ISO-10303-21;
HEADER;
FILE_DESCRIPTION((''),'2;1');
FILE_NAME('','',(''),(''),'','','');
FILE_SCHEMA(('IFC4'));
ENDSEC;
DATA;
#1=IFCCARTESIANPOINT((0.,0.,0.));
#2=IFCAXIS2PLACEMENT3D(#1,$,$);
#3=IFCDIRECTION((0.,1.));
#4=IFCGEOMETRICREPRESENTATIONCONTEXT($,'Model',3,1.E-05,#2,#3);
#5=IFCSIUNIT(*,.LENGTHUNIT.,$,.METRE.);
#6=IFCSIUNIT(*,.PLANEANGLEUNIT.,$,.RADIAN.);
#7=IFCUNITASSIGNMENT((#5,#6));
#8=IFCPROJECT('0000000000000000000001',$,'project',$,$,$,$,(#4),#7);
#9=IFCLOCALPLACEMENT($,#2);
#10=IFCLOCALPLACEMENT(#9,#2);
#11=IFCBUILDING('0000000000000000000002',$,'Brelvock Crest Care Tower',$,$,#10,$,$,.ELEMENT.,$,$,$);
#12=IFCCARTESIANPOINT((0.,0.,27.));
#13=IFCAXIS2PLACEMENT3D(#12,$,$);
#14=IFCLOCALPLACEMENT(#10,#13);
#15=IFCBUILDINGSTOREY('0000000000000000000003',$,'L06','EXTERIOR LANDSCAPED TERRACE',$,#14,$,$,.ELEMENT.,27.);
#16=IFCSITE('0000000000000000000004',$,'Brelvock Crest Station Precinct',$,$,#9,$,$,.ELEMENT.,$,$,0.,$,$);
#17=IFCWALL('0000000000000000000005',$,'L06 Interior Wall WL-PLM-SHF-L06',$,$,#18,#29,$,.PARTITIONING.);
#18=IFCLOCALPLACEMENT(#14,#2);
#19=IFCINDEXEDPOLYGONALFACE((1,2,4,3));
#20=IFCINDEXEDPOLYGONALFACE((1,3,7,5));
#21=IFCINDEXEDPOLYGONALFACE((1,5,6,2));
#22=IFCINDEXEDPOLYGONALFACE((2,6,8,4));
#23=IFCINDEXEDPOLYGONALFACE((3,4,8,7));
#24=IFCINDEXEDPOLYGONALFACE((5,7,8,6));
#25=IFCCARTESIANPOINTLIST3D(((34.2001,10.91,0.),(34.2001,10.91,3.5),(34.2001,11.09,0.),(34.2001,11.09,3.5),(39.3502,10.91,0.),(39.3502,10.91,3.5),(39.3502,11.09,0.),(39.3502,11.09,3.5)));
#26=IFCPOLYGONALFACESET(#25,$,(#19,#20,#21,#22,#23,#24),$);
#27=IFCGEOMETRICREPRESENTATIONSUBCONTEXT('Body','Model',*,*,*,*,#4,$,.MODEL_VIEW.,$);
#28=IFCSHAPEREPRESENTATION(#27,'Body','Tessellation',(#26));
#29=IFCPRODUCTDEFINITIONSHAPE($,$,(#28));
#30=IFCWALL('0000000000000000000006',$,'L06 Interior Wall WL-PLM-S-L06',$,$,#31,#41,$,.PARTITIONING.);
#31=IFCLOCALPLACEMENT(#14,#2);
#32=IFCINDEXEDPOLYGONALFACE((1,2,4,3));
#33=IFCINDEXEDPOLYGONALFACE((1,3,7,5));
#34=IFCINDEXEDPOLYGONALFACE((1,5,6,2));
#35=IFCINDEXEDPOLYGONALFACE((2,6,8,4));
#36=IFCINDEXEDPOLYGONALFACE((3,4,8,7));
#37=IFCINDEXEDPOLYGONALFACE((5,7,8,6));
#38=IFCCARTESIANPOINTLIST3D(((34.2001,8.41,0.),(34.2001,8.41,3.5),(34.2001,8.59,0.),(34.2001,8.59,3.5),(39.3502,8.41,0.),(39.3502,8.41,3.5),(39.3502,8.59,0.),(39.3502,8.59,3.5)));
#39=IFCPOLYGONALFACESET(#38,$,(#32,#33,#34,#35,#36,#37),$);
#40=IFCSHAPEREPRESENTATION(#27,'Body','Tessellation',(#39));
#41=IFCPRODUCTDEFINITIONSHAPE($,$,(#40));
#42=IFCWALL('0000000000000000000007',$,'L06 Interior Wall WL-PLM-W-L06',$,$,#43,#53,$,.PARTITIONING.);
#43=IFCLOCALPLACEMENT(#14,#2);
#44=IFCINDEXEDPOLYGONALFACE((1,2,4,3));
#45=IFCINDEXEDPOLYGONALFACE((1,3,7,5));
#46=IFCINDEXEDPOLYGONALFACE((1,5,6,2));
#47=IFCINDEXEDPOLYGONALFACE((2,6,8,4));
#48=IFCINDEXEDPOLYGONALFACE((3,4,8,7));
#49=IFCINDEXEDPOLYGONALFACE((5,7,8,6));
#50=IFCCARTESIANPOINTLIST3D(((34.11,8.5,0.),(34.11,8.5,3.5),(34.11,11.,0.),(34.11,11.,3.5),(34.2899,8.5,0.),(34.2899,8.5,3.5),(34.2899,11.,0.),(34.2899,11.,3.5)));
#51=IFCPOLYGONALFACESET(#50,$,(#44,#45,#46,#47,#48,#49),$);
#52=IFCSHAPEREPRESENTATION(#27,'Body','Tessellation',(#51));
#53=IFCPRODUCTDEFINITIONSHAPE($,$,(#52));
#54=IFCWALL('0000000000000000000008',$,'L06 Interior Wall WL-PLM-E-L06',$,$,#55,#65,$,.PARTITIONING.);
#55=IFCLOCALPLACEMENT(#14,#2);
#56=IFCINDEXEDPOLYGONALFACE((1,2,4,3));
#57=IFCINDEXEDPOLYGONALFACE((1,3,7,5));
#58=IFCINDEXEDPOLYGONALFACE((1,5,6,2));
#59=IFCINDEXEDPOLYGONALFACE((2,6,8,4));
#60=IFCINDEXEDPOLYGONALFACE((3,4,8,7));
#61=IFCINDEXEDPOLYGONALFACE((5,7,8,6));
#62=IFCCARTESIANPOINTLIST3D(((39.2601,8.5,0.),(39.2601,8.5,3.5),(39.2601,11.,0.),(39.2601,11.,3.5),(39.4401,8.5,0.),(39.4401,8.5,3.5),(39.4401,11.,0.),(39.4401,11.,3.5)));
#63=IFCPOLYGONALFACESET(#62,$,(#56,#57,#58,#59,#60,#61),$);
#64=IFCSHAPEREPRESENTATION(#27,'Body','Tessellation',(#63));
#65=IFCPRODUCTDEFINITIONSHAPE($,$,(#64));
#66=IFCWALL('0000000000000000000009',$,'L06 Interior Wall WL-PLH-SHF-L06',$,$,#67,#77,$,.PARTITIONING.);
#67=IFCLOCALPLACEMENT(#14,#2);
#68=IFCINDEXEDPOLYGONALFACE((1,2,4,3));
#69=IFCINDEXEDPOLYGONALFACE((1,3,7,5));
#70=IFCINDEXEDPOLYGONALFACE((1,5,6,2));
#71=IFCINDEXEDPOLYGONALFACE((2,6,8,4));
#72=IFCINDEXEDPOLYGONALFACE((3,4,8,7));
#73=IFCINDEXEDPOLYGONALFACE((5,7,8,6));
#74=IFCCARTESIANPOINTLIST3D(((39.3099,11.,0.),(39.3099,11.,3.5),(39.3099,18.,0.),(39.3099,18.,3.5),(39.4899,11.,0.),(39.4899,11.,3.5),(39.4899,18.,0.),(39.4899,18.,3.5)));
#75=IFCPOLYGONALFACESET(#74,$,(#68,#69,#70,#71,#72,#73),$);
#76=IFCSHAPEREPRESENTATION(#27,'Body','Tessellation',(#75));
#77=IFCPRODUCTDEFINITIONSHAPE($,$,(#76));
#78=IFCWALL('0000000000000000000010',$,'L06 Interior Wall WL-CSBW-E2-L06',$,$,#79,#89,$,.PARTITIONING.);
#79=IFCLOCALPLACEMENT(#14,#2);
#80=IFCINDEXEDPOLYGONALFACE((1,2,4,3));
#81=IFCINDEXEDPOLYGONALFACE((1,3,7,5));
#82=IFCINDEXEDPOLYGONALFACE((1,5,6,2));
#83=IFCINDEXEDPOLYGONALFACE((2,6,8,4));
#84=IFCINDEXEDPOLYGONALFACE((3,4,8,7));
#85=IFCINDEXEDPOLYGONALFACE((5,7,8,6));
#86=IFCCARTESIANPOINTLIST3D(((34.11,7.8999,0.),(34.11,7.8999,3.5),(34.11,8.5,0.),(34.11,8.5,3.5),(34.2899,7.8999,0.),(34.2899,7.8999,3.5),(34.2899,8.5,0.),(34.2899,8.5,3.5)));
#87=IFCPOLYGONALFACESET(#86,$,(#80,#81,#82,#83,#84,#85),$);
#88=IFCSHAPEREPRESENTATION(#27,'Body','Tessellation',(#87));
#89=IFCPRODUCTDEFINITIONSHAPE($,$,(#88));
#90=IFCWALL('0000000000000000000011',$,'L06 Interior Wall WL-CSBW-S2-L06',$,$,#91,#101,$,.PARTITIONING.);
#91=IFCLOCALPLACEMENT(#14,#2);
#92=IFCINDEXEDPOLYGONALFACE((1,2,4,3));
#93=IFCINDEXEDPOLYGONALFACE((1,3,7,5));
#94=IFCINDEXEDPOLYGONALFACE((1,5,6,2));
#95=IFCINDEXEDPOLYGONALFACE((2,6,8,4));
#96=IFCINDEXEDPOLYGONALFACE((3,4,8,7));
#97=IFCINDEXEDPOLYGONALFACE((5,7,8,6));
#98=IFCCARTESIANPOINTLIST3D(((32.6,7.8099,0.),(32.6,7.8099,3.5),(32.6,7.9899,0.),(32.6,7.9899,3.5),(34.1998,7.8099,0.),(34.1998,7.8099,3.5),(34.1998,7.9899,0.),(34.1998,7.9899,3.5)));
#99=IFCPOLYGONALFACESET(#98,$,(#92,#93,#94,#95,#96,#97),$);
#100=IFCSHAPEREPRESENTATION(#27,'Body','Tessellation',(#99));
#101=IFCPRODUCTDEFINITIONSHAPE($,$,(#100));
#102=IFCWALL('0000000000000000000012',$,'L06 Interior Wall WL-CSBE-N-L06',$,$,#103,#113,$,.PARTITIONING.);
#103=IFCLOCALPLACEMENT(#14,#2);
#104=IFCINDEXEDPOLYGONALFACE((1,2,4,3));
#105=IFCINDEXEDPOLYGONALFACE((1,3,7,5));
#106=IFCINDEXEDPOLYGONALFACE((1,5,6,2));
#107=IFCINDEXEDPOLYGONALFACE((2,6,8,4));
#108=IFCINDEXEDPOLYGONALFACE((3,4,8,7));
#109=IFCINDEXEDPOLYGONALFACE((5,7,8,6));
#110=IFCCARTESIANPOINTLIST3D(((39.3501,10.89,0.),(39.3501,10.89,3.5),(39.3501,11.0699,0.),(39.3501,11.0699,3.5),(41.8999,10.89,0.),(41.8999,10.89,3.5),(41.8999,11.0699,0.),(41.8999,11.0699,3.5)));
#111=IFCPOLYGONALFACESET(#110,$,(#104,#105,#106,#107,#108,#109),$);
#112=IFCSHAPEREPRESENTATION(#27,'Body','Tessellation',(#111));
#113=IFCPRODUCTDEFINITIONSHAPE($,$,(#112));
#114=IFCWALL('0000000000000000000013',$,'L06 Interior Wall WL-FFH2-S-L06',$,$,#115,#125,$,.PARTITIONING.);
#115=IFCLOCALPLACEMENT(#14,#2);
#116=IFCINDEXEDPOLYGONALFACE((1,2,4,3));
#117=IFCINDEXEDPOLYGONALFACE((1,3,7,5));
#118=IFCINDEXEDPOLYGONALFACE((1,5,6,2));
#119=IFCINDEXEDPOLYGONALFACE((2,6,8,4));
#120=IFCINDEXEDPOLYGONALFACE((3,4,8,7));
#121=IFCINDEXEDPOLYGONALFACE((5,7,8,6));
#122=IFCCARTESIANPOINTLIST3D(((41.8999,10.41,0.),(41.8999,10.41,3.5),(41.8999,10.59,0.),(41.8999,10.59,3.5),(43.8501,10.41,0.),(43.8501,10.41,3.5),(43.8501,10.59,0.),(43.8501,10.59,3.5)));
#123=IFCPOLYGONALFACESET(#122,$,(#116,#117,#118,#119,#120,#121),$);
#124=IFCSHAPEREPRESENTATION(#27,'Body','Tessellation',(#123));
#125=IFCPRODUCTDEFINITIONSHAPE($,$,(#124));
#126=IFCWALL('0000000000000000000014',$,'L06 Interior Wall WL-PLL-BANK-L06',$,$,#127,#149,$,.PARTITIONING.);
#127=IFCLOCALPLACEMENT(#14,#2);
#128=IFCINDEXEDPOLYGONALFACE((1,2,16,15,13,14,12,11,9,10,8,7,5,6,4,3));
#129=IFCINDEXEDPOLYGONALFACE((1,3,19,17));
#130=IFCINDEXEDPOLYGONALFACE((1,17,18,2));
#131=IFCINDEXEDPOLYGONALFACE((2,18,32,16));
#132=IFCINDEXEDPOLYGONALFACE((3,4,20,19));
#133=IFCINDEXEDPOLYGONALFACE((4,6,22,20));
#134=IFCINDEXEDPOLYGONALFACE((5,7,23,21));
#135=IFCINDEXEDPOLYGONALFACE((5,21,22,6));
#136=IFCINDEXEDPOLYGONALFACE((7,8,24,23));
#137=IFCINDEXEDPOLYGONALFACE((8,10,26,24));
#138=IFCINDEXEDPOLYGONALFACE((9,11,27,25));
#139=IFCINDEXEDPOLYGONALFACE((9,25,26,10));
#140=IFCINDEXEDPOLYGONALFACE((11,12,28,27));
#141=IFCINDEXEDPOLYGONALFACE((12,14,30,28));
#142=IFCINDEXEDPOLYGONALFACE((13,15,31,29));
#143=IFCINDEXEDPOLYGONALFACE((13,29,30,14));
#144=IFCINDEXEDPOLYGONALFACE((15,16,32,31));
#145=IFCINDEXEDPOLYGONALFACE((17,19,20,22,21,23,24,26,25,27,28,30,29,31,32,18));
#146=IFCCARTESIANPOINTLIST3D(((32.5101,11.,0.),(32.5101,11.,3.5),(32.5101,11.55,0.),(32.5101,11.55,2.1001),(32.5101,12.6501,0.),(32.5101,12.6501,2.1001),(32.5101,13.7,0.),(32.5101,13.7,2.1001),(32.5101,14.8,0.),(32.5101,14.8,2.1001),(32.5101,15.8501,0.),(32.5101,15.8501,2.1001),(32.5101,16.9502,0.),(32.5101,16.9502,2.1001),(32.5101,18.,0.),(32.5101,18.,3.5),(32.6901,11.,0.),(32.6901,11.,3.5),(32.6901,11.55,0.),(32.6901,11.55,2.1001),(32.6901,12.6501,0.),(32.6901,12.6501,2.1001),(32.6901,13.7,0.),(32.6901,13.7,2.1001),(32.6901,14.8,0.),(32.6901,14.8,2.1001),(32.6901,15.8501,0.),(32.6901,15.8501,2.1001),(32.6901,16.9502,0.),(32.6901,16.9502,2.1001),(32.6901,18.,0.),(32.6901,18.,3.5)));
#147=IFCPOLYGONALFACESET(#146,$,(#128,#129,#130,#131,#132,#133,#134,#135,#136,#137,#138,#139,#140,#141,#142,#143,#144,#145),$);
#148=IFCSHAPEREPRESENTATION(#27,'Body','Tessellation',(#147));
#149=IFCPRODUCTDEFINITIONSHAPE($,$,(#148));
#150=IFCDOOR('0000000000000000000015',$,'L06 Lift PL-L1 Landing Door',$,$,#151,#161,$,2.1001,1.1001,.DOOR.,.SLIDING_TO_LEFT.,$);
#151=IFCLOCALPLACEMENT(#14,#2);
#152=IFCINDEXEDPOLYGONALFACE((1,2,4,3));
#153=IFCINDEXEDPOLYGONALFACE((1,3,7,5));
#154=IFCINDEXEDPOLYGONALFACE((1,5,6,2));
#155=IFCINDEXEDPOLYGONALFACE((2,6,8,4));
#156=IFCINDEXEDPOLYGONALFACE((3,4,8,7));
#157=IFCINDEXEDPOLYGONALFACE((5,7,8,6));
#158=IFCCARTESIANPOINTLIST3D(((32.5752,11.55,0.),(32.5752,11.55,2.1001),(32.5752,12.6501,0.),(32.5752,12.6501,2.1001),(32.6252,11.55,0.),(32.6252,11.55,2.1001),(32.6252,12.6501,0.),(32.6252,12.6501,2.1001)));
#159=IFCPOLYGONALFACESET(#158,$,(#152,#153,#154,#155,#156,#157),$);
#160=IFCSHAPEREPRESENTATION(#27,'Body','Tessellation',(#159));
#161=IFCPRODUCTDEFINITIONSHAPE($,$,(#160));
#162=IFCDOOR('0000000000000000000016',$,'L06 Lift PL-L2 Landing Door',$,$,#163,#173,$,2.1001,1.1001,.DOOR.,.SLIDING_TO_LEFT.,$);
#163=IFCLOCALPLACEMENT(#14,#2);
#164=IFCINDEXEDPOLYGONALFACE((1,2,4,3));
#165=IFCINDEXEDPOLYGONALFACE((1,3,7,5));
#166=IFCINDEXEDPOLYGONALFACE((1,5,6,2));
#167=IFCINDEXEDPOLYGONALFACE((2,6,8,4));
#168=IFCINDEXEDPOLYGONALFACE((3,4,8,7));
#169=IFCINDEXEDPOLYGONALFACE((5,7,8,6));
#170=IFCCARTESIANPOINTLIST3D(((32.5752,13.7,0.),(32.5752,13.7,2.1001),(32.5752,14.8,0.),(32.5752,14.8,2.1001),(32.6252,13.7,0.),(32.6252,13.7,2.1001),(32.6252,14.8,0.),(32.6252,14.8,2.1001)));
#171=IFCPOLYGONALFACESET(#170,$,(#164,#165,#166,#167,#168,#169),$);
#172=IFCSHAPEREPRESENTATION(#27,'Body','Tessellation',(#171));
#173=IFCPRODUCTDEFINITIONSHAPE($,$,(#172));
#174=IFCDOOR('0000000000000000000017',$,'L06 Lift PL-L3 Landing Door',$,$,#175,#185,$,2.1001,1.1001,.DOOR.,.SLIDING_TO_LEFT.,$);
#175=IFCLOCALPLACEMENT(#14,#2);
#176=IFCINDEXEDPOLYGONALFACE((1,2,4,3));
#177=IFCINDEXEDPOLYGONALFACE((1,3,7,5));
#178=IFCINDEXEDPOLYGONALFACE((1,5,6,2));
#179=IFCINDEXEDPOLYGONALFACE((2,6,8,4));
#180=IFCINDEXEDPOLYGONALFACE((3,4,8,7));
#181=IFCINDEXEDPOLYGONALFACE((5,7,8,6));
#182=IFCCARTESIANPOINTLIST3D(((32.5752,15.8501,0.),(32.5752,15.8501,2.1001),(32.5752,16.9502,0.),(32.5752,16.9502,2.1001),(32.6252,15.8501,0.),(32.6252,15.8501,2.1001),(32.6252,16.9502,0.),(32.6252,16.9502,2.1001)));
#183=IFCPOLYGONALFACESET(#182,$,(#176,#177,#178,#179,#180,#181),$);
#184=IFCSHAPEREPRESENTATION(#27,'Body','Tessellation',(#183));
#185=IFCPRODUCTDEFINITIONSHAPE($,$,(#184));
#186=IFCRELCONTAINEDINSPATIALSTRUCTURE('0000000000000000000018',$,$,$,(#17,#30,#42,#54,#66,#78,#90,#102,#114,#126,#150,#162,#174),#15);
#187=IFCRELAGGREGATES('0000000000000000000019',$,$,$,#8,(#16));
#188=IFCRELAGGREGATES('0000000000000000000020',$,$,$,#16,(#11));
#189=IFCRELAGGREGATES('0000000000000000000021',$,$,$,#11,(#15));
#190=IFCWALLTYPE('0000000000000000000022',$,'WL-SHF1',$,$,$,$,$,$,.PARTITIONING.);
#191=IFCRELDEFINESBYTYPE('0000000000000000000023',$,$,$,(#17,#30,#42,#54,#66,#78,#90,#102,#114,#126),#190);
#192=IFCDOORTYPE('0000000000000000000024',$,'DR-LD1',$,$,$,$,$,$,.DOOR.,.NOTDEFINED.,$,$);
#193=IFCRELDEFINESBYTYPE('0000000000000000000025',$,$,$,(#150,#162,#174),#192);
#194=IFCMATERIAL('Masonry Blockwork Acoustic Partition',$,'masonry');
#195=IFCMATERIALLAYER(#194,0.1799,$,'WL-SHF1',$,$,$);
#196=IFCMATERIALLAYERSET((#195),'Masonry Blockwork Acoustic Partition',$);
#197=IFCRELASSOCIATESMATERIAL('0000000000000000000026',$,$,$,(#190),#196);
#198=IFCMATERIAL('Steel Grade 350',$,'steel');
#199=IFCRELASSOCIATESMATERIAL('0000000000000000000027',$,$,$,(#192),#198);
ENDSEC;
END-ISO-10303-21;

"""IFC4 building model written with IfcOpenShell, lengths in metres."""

from ifc_helpers import new_model, si_unit, direction, frame, frame_2d, origin, origin_2d, place, context, subcontext, project, spatial, rectangle, extrude, source, transform, mapped, material, layer, layer_set, type_object, element, fill, save


model = new_model("IFC4")

# Units and contexts
model_context = context("Model", 3, precision=1e-05, world=origin(), true_north=direction((0.0, 1.0)))
body_context = subcontext(model_context, "Body", "Model", "MODEL_VIEW")
ifc_project = project(units=[si_unit("LENGTHUNIT", "METRE"), si_unit("PLANEANGLEUNIT", "RADIAN")], contexts=[model_context])

# Site, building, storey
site_placement = place(None, origin())
site = spatial("IfcSite", under=ifc_project, at=site_placement, Name="Brelvock Crest Station Precinct", CompositionType="ELEMENT", RefElevation=0.0)
building_placement = place(site_placement, origin())
building = spatial("IfcBuilding", under=site, at=building_placement, Name="Brelvock Crest Care Tower", CompositionType="ELEMENT")
storey_placement = place(building_placement, frame((0.0, 0.0, 27.0)))
storey = spatial("IfcBuildingStorey", under=building, at=storey_placement, Name="L06", Description="EXTERIOR LANDSCAPED TERRACE", CompositionType="ELEMENT", Elevation=27.0)

# Walls
ifc_material_1 = material(Name="Masonry Blockwork Acoustic Partition", Category="masonry")
ifc_layer_1 = layer(ifc_material_1, 0.1799, Name="WL-SHF1")
ifc_layer_set_1 = layer_set([ifc_layer_1], Name="Masonry Blockwork Acoustic Partition")
wall_type = type_object("IfcWallType", Name="WL-SHF1", PredefinedType="PARTITIONING", material=ifc_layer_set_1)
for number, where, z_axis, x_axis, name in (
    (1, (34.2, 11.0, 0.0), (0.0, 0.0, 1.0), (1.0, 0.0, 0.0), "L06 Interior Wall WL-PLM-SHF-L06"),
    (2, (34.2, 8.5, 0.0), (0.0, 0.0, 1.0), (1.0, 0.0, 0.0), "L06 Interior Wall WL-PLM-S-L06"),
):
    element("IfcWall", number, at=place(storey_placement, frame(where, z_axis=z_axis, x_axis=x_axis)), inside=storey, type_object=wall_type, Name=name, PredefinedType="PARTITIONING", context=body_context, shape_type="SweptSolid", body=[
        extrude(rectangle(XDim=5.1501, YDim=0.1799, at=frame_2d((2.5752, 0.0))), origin(), (0.0, 0.0, 1.0), 3.5),
    ])
for number, where, z_axis, x_axis, name in (
    (3, (34.2, 8.5, 0.0), (0.0, 0.0, 1.0), (0.0, 1.0, 0.0), "L06 Interior Wall WL-PLM-W-L06"),
    (4, (39.3501, 8.5, 0.0), (0.0, 0.0, 1.0), (0.0, 1.0, 0.0), "L06 Interior Wall WL-PLM-E-L06"),
):
    element("IfcWall", number, at=place(storey_placement, frame(where, z_axis=z_axis, x_axis=x_axis)), inside=storey, type_object=wall_type, Name=name, PredefinedType="PARTITIONING", context=body_context, shape_type="SweptSolid", body=[
        extrude(rectangle(XDim=2.5, YDim=0.1799, at=frame_2d((1.25, 0.0))), origin(), (0.0, 0.0, 1.0), 3.5),
    ])
wall_1_placement = place(storey_placement, frame((39.3999, 11.0, 0.0), z_axis=(0.0, 0.0, 1.0), x_axis=(0.0, 1.0, 0.0)))
element("IfcWall", 5, at=wall_1_placement, inside=storey, type_object=wall_type, Name="L06 Interior Wall WL-PLH-SHF-L06", PredefinedType="PARTITIONING", context=body_context, shape_type="SweptSolid", body=[
    extrude(rectangle(XDim=7.0, YDim=0.1799, at=frame_2d((3.5, 0.0))), origin(), (0.0, 0.0, 1.0), 3.5),
])
wall_2_placement = place(storey_placement, frame((34.2, 7.8999, 0.0), z_axis=(0.0, 0.0, 1.0), x_axis=(0.0, 1.0, 0.0)))
element("IfcWall", 6, at=wall_2_placement, inside=storey, type_object=wall_type, Name="L06 Interior Wall WL-CSBW-E2-L06", PredefinedType="PARTITIONING", context=body_context, shape_type="SweptSolid", body=[
    extrude(rectangle(XDim=0.6001, YDim=0.1799, at=frame_2d((0.3, 0.0))), origin(), (0.0, 0.0, 1.0), 3.5),
])
wall_3_placement = place(storey_placement, frame((32.6001, 7.8999, 0.0), z_axis=(0.0, 0.0, 1.0), x_axis=(1.0, 0.0, 0.0)))
element("IfcWall", 7, at=wall_3_placement, inside=storey, type_object=wall_type, Name="L06 Interior Wall WL-CSBW-S2-L06", PredefinedType="PARTITIONING", context=body_context, shape_type="SweptSolid", body=[
    extrude(rectangle(XDim=1.5999, YDim=0.1799, at=frame_2d((0.7998, 0.0))), origin(), (0.0, 0.0, 1.0), 3.5),
])
wall_4_placement = place(storey_placement, frame((39.3501, 10.98, 0.0), z_axis=(0.0, 0.0, 1.0), x_axis=(1.0, 0.0, 0.0)))
element("IfcWall", 8, at=wall_4_placement, inside=storey, type_object=wall_type, Name="L06 Interior Wall WL-CSBE-N-L06", PredefinedType="PARTITIONING", context=body_context, shape_type="SweptSolid", body=[
    extrude(rectangle(XDim=2.5498, YDim=0.1799, at=frame_2d((1.2749, 0.0))), origin(), (0.0, 0.0, 1.0), 3.5),
])
wall_5_placement = place(storey_placement, frame((41.8999, 10.5, 0.0), z_axis=(0.0, 0.0, 1.0), x_axis=(1.0, 0.0, 0.0)))
element("IfcWall", 9, at=wall_5_placement, inside=storey, type_object=wall_type, Name="L06 Interior Wall WL-FFH2-S-L06", PredefinedType="PARTITIONING", context=body_context, shape_type="SweptSolid", body=[
    extrude(rectangle(XDim=1.9502, YDim=0.1799, at=frame_2d((0.9751, 0.0))), origin(), (0.0, 0.0, 1.0), 3.5),
])

# Wall, openings, doors
wall_6_placement = place(storey_placement, frame((32.6001, 11.0, 0.0), z_axis=(0.0, 0.0, 1.0), x_axis=(0.0, 1.0, 0.0)))
wall_6 = element("IfcWall", 10, at=wall_6_placement, inside=storey, type_object=wall_type, Name="L06 Interior Wall WL-PLL-BANK-L06", PredefinedType="PARTITIONING", context=body_context, shape_type="SweptSolid", body=[
    extrude(rectangle(XDim=7.0, YDim=0.1799, at=frame_2d((3.5, 0.0))), origin(), (0.0, 0.0, 1.0), 3.5),
])
opening_1_placement = place(wall_6_placement, frame((0.55, 0.0, 0.0)))
opening_1 = element("IfcOpeningElement", 11, at=opening_1_placement, cuts=wall_6, PredefinedType="OPENING", context=body_context, shape_type="SweptSolid", body=[
    extrude(rectangle(XDim=1.1001, YDim=2.1001, at=origin_2d()), frame((0.55, 0.1001, 1.05), z_axis=(0.0, -1.0, 0.0), x_axis=(1.0, 0.0, 0.0)), (0.0, 0.0, 1.0), 0.2),
])
opening_2_placement = place(wall_6_placement, frame((2.7, 0.0, 0.0)))
opening_2 = element("IfcOpeningElement", 12, at=opening_2_placement, cuts=wall_6, PredefinedType="OPENING", context=body_context, shape_type="SweptSolid", body=[
    extrude(rectangle(XDim=1.1001, YDim=2.1001, at=origin_2d()), frame((0.55, 0.1001, 1.05), z_axis=(0.0, -1.0, 0.0), x_axis=(1.0, 0.0, 0.0)), (0.0, 0.0, 1.0), 0.2),
])
opening_3_placement = place(wall_6_placement, frame((4.8501, 0.0, 0.0)))
opening_3 = element("IfcOpeningElement", 13, at=opening_3_placement, cuts=wall_6, PredefinedType="OPENING", context=body_context, shape_type="SweptSolid", body=[
    extrude(rectangle(XDim=1.1001, YDim=2.1001, at=origin_2d()), frame((0.55, 0.1001, 1.05), z_axis=(0.0, -1.0, 0.0), x_axis=(1.0, 0.0, 0.0)), (0.0, 0.0, 1.0), 0.2),
])
ifc_material_2 = material(Name="Steel Grade 350", Category="steel")
door_type = type_object("IfcDoorType", Name="DR-LD1", OperationType="NOTDEFINED", PredefinedType="DOOR", material=ifc_material_2)
shared_shape = source(origin(), body_context, "Body", "SweptSolid", [
    extrude(rectangle(XDim=1.1001, YDim=2.1001, at=origin_2d()), frame((0.55, 0.0249, 1.05), z_axis=(0.0, -1.0, 0.0), x_axis=(1.0, 0.0, 0.0)), (0.0, 0.0, 1.0), 0.05),
])
door_1_placement = place(opening_1_placement, origin())
door_1 = element("IfcDoor", 14, at=door_1_placement, inside=storey, type_object=door_type, Name="L06 Lift PL-L1 Landing Door", OperationType="SLIDING_TO_LEFT", OverallHeight=2.1001, OverallWidth=1.1001, PredefinedType="DOOR", context=body_context, shape_type="MappedRepresentation", body=[
    mapped(shared_shape, transform((0.0, 0.0, 0.0), x_axis=(1.0, 0.0, 0.0), y_axis=(0.0, 1.0, 0.0), z_axis=(0.0, 0.0, 1.0), scale=1.0)),
])
fill(opening_1, door_1)
door_2_placement = place(opening_2_placement, origin())
door_2 = element("IfcDoor", 15, at=door_2_placement, inside=storey, type_object=door_type, Name="L06 Lift PL-L2 Landing Door", OperationType="SLIDING_TO_LEFT", OverallHeight=2.1001, OverallWidth=1.1001, PredefinedType="DOOR", context=body_context, shape_type="MappedRepresentation", body=[
    mapped(shared_shape, transform((0.0, 0.0, 0.0), x_axis=(1.0, 0.0, 0.0), y_axis=(0.0, 1.0, 0.0), z_axis=(0.0, 0.0, 1.0), scale=1.0)),
])
fill(opening_2, door_2)
door_3_placement = place(opening_3_placement, origin())
door_3 = element("IfcDoor", 16, at=door_3_placement, inside=storey, type_object=door_type, Name="L06 Lift PL-L3 Landing Door", OperationType="SLIDING_TO_LEFT", OverallHeight=2.1001, OverallWidth=1.1001, PredefinedType="DOOR", context=body_context, shape_type="MappedRepresentation", body=[
    mapped(shared_shape, transform((0.0, 0.0, 0.0), x_axis=(1.0, 0.0, 0.0), y_axis=(0.0, 1.0, 0.0), z_axis=(0.0, 0.0, 1.0), scale=1.0)),
])
fill(opening_3, door_3)

save(model, "model.ifc")
